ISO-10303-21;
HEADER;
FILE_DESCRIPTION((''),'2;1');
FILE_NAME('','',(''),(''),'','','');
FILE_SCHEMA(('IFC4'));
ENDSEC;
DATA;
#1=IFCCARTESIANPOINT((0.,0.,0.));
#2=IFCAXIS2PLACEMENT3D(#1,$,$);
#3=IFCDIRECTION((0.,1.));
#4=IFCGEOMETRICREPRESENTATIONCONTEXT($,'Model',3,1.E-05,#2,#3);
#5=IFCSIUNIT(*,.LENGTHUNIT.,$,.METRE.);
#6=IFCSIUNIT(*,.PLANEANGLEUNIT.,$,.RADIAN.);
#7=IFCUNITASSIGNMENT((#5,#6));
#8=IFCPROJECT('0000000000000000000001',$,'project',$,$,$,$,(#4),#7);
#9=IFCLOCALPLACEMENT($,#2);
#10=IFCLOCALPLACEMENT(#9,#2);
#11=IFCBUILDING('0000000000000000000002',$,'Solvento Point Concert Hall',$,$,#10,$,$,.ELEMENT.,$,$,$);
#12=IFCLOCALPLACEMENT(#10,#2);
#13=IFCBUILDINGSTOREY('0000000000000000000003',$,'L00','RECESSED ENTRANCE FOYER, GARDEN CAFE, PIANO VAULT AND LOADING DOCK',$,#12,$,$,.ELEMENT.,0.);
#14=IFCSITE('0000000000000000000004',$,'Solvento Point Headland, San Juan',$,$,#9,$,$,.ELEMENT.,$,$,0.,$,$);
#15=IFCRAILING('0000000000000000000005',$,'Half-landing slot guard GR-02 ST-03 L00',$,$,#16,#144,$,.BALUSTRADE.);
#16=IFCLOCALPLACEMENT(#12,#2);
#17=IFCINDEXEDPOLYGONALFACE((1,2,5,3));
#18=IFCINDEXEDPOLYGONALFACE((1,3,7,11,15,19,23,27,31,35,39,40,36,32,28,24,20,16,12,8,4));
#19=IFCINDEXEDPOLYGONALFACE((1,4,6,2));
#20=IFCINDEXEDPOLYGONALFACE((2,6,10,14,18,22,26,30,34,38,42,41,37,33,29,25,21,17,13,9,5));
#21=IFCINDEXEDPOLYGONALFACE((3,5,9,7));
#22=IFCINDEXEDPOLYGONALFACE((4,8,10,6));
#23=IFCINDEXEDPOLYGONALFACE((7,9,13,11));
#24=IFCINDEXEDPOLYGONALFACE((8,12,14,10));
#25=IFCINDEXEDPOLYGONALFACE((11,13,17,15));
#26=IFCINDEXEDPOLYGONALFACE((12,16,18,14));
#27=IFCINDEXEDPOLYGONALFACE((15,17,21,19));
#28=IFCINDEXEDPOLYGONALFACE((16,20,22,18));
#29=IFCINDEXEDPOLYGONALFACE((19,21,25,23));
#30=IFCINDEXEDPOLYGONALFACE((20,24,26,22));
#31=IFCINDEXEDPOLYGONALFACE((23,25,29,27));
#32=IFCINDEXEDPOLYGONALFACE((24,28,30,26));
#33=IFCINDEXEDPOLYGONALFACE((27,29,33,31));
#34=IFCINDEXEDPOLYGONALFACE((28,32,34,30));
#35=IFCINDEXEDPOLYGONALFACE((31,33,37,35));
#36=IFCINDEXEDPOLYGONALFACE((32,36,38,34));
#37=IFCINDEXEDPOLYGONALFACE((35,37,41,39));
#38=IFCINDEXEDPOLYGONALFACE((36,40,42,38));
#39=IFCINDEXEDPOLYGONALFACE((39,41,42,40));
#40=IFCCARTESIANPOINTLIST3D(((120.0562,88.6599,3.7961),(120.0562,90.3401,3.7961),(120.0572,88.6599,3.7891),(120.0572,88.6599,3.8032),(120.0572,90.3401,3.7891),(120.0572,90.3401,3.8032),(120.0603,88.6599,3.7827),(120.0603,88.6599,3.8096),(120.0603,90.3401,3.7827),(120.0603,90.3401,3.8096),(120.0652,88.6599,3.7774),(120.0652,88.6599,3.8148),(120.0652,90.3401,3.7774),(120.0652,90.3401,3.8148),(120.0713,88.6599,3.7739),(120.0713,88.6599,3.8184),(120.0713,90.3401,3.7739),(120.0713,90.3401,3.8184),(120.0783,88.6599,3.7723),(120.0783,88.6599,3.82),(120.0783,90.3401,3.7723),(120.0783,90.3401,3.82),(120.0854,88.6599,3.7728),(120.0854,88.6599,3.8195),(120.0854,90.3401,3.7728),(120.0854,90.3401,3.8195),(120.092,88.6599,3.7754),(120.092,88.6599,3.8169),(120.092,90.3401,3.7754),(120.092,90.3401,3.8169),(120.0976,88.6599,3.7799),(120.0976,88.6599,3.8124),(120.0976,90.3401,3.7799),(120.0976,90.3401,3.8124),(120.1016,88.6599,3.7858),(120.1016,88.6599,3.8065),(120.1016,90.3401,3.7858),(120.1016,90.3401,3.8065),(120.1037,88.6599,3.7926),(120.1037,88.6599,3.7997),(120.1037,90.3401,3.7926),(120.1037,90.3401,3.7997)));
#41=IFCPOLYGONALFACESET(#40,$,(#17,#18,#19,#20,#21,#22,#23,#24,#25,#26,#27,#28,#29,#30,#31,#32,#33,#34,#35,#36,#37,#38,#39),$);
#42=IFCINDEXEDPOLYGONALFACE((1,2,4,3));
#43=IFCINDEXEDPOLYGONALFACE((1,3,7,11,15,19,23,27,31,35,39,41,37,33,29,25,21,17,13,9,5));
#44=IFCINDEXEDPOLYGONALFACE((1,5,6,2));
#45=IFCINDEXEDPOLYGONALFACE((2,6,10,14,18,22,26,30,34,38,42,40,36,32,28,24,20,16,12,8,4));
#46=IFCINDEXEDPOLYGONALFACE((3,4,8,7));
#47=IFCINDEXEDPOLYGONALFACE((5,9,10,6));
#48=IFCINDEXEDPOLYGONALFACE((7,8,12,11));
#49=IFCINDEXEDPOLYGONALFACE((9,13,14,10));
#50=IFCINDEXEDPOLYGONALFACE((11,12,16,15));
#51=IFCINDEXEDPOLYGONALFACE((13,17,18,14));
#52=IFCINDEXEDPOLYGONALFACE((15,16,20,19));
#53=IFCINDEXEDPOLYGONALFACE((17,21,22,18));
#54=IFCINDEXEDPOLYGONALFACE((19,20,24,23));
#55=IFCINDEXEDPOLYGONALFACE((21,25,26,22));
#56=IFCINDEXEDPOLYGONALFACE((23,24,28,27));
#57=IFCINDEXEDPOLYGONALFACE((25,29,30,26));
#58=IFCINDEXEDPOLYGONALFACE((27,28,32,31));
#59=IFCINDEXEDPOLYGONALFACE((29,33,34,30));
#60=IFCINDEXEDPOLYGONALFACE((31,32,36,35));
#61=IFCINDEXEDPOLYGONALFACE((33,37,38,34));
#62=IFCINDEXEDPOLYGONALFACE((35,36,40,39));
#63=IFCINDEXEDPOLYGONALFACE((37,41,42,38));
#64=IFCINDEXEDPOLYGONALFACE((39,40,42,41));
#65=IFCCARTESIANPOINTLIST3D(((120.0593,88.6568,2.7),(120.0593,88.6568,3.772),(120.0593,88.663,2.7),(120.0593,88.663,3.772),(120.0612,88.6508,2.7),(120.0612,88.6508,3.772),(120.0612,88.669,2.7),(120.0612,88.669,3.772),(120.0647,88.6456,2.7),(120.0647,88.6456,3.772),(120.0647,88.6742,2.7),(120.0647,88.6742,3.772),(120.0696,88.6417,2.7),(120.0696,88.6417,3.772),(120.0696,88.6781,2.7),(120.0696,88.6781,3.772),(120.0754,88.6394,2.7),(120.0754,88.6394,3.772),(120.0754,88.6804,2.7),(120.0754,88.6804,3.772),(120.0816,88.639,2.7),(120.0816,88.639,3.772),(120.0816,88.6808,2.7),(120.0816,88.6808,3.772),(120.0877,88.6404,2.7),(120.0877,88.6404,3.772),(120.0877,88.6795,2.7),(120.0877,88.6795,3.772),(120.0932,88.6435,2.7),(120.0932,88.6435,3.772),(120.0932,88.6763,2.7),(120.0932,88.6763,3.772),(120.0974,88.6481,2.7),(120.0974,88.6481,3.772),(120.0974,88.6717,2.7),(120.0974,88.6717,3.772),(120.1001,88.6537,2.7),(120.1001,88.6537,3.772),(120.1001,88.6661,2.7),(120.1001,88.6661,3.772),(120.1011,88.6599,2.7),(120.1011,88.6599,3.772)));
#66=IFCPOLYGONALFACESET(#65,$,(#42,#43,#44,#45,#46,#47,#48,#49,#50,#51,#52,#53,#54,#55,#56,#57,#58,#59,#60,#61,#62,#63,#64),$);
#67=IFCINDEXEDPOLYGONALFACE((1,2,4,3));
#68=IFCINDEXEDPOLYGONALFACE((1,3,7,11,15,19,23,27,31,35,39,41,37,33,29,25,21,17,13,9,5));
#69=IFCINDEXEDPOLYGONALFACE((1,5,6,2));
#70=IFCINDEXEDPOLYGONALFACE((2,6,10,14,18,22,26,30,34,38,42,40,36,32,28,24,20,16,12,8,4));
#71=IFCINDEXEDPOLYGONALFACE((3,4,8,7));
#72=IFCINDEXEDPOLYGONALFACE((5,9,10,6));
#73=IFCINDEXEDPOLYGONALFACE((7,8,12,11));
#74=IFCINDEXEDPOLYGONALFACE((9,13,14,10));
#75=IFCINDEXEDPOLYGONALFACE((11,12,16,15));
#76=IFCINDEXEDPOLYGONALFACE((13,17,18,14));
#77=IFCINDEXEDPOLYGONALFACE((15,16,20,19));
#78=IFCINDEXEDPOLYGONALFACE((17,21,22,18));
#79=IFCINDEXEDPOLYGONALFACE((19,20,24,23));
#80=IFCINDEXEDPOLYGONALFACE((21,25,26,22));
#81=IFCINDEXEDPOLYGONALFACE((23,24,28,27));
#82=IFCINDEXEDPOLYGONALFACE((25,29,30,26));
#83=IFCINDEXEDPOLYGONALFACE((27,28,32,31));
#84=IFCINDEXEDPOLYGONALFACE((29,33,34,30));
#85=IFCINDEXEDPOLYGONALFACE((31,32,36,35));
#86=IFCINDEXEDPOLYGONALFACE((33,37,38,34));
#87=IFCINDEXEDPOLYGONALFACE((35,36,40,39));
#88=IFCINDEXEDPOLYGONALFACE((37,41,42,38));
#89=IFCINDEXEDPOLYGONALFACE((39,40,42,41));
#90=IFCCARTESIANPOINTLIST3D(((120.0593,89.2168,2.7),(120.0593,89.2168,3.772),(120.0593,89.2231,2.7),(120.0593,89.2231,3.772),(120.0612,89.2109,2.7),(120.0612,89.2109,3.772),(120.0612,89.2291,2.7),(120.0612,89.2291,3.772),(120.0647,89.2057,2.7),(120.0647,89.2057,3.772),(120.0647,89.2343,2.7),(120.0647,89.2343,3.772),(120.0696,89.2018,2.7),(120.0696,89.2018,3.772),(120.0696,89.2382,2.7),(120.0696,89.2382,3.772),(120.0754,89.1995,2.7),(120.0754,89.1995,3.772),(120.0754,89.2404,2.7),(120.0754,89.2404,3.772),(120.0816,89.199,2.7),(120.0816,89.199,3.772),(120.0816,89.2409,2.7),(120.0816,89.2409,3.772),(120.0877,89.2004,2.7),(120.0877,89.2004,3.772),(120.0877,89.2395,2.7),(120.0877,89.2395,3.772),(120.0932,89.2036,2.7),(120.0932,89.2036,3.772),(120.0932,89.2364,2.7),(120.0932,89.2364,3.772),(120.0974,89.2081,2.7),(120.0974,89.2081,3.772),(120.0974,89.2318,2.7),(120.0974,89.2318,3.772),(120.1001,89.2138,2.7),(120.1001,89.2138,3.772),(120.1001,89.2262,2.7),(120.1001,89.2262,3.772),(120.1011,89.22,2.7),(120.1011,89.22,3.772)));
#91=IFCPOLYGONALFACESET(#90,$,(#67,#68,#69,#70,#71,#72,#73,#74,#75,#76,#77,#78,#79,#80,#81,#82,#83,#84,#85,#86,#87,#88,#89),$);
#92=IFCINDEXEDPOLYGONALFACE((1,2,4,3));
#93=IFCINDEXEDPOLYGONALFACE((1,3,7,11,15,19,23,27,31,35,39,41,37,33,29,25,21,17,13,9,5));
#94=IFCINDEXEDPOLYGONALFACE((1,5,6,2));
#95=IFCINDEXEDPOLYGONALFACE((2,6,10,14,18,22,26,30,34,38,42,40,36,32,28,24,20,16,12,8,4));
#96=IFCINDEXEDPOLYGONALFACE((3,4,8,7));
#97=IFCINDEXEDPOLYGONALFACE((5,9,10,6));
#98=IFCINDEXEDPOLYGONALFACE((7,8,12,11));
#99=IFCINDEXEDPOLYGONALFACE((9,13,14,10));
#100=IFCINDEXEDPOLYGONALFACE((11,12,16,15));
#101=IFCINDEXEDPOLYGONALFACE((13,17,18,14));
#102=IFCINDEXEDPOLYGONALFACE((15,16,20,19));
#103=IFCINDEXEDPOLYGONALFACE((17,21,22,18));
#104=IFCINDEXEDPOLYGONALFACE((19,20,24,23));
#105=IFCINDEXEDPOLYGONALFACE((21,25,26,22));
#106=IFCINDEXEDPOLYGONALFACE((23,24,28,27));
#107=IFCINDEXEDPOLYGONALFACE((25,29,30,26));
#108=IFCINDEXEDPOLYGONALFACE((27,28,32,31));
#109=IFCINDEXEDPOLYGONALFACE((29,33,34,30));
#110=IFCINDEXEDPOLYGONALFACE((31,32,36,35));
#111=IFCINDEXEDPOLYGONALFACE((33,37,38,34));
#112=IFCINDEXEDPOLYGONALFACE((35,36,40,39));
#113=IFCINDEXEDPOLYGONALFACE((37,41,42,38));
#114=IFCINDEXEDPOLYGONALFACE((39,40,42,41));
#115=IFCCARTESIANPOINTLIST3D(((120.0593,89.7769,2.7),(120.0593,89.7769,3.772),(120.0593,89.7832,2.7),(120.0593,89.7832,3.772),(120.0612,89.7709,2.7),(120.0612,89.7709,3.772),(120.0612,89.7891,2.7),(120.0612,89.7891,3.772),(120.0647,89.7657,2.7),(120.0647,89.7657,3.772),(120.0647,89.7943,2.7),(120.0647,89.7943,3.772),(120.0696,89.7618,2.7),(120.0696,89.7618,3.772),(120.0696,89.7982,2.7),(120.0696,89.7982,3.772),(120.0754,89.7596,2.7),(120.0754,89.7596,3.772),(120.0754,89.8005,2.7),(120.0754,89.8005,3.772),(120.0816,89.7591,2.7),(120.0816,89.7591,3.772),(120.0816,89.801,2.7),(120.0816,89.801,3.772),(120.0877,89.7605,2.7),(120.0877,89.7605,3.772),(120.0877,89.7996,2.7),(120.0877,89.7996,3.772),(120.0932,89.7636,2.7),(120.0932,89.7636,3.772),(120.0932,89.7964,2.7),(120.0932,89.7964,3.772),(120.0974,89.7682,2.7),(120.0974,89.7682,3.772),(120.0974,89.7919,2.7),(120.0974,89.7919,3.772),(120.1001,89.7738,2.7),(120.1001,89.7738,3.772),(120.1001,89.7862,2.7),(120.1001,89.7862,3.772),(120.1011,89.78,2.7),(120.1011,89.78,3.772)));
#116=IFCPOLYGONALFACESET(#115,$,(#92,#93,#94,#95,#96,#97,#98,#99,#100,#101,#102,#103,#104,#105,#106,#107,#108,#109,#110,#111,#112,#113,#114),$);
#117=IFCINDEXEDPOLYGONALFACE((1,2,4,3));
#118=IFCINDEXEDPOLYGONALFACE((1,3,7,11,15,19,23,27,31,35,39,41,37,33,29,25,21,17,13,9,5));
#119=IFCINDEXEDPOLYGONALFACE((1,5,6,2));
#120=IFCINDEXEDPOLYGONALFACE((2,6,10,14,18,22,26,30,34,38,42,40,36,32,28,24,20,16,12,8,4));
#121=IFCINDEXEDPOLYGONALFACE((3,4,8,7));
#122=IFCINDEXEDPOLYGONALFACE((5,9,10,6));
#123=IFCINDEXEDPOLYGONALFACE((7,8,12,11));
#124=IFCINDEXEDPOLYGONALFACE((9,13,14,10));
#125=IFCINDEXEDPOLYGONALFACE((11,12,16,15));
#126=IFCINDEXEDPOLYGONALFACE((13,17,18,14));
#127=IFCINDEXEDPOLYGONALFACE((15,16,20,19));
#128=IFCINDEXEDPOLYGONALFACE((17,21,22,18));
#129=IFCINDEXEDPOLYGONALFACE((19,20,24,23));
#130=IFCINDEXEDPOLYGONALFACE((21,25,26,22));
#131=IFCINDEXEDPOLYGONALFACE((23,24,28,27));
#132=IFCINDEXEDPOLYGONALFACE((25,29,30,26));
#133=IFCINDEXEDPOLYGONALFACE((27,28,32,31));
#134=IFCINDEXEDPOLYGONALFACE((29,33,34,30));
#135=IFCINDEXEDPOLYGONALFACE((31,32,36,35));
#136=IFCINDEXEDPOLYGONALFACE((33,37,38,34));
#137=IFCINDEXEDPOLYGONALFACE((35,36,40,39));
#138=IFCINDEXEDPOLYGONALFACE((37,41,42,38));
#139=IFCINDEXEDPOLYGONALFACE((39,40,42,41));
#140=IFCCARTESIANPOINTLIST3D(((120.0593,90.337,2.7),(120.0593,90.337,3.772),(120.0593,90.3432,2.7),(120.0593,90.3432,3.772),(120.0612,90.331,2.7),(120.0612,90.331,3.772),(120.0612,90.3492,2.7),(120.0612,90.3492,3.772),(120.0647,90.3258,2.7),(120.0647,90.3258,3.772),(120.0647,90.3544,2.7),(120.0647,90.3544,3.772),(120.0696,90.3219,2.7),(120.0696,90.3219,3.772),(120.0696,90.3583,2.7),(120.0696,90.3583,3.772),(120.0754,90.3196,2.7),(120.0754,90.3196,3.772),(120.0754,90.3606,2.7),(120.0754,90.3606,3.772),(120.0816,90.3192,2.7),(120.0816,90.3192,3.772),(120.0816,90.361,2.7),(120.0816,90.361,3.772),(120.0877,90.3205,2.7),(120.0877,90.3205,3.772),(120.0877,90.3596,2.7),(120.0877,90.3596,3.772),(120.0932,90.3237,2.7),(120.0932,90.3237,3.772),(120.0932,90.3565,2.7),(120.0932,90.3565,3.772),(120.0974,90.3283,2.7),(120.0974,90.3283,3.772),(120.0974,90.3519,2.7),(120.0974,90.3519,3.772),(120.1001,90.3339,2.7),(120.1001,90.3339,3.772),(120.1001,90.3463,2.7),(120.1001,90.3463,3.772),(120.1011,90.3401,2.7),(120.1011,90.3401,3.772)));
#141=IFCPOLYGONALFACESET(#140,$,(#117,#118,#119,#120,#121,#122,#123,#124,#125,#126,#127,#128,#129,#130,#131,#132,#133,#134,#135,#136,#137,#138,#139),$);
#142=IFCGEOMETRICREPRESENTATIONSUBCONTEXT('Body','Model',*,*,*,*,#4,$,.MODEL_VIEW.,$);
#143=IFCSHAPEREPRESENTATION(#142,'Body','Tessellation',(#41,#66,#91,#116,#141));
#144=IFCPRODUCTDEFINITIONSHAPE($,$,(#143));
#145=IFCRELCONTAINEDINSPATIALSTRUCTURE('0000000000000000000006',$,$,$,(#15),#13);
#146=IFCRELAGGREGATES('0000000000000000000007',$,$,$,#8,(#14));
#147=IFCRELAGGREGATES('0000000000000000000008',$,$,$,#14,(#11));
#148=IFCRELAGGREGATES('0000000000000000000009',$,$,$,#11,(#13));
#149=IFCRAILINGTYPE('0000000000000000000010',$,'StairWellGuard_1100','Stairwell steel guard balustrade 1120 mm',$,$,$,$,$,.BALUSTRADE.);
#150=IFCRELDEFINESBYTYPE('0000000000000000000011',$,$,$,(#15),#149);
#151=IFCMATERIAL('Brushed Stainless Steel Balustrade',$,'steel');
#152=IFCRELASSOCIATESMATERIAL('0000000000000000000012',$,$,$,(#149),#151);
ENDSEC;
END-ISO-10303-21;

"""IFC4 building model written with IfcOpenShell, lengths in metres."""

from ifc_helpers import new_model, si_unit, direction, frame, origin, origin_2d, place, context, subcontext, project, spatial, circle, extrude, material, type_object, element, save


model = new_model("IFC4")

# Units and contexts
model_context = context("Model", 3, precision=1e-05, world=origin(), true_north=direction((0.0, 1.0)))
body_context = subcontext(model_context, "Body", "Model", "MODEL_VIEW")
ifc_project = project(units=[si_unit("LENGTHUNIT", "METRE"), si_unit("PLANEANGLEUNIT", "RADIAN")], contexts=[model_context])

# Site, building, storey
site_placement = place(None, origin())
site = spatial("IfcSite", under=ifc_project, at=site_placement, Name="Solvento Point Headland, San Juan", CompositionType="ELEMENT", RefElevation=0.0)
building_placement = place(site_placement, origin())
building = spatial("IfcBuilding", under=site, at=building_placement, Name="Solvento Point Concert Hall", CompositionType="ELEMENT")
storey_placement = place(building_placement, origin())
storey = spatial("IfcBuildingStorey", under=building, at=storey_placement, Name="L00", Description="RECESSED ENTRANCE FOYER, GARDEN CAFE, PIANO VAULT AND LOADING DOCK", CompositionType="ELEMENT", Elevation=0.0)

# Railing
ifc_material_1 = material(Name="Brushed Stainless Steel Balustrade", Category="steel")
railing_type_1 = type_object("IfcRailingType", Name="StairWellGuard_1100", Description="Stairwell steel guard balustrade 1120 mm", PredefinedType="BALUSTRADE", material=ifc_material_1)
railing_1_placement = place(storey_placement, frame((120.0801, 88.6599, 2.7)))
element("IfcRailing", 1, at=railing_1_placement, inside=storey, type_object=railing_type_1, Name="Half-landing slot guard GR-02 ST-03 L00", PredefinedType="BALUSTRADE", context=body_context, shape_type="SweptSolid", body=[
    extrude(circle(Radius=0.0239, at=origin_2d()), frame((0.0, 0.0, 1.0962), z_axis=(0.0, 1.0, 0.0), x_axis=(-1.0, 0.0, 0.0)), (0.0, 0.0, 1.0), 1.6802),
    extrude(circle(Radius=0.021, at=origin_2d()), origin(), (0.0, 0.0, 1.0), 1.072),
    extrude(circle(Radius=0.021, at=origin_2d()), frame((0.0, 0.5601, 0.0)), (0.0, 0.0, 1.0), 1.072),
    extrude(circle(Radius=0.021, at=origin_2d()), frame((0.0, 1.1201, 0.0)), (0.0, 0.0, 1.0), 1.072),
    extrude(circle(Radius=0.021, at=origin_2d()), frame((0.0, 1.6802, 0.0)), (0.0, 0.0, 1.0), 1.072),
])

save(model, "model.ifc")
